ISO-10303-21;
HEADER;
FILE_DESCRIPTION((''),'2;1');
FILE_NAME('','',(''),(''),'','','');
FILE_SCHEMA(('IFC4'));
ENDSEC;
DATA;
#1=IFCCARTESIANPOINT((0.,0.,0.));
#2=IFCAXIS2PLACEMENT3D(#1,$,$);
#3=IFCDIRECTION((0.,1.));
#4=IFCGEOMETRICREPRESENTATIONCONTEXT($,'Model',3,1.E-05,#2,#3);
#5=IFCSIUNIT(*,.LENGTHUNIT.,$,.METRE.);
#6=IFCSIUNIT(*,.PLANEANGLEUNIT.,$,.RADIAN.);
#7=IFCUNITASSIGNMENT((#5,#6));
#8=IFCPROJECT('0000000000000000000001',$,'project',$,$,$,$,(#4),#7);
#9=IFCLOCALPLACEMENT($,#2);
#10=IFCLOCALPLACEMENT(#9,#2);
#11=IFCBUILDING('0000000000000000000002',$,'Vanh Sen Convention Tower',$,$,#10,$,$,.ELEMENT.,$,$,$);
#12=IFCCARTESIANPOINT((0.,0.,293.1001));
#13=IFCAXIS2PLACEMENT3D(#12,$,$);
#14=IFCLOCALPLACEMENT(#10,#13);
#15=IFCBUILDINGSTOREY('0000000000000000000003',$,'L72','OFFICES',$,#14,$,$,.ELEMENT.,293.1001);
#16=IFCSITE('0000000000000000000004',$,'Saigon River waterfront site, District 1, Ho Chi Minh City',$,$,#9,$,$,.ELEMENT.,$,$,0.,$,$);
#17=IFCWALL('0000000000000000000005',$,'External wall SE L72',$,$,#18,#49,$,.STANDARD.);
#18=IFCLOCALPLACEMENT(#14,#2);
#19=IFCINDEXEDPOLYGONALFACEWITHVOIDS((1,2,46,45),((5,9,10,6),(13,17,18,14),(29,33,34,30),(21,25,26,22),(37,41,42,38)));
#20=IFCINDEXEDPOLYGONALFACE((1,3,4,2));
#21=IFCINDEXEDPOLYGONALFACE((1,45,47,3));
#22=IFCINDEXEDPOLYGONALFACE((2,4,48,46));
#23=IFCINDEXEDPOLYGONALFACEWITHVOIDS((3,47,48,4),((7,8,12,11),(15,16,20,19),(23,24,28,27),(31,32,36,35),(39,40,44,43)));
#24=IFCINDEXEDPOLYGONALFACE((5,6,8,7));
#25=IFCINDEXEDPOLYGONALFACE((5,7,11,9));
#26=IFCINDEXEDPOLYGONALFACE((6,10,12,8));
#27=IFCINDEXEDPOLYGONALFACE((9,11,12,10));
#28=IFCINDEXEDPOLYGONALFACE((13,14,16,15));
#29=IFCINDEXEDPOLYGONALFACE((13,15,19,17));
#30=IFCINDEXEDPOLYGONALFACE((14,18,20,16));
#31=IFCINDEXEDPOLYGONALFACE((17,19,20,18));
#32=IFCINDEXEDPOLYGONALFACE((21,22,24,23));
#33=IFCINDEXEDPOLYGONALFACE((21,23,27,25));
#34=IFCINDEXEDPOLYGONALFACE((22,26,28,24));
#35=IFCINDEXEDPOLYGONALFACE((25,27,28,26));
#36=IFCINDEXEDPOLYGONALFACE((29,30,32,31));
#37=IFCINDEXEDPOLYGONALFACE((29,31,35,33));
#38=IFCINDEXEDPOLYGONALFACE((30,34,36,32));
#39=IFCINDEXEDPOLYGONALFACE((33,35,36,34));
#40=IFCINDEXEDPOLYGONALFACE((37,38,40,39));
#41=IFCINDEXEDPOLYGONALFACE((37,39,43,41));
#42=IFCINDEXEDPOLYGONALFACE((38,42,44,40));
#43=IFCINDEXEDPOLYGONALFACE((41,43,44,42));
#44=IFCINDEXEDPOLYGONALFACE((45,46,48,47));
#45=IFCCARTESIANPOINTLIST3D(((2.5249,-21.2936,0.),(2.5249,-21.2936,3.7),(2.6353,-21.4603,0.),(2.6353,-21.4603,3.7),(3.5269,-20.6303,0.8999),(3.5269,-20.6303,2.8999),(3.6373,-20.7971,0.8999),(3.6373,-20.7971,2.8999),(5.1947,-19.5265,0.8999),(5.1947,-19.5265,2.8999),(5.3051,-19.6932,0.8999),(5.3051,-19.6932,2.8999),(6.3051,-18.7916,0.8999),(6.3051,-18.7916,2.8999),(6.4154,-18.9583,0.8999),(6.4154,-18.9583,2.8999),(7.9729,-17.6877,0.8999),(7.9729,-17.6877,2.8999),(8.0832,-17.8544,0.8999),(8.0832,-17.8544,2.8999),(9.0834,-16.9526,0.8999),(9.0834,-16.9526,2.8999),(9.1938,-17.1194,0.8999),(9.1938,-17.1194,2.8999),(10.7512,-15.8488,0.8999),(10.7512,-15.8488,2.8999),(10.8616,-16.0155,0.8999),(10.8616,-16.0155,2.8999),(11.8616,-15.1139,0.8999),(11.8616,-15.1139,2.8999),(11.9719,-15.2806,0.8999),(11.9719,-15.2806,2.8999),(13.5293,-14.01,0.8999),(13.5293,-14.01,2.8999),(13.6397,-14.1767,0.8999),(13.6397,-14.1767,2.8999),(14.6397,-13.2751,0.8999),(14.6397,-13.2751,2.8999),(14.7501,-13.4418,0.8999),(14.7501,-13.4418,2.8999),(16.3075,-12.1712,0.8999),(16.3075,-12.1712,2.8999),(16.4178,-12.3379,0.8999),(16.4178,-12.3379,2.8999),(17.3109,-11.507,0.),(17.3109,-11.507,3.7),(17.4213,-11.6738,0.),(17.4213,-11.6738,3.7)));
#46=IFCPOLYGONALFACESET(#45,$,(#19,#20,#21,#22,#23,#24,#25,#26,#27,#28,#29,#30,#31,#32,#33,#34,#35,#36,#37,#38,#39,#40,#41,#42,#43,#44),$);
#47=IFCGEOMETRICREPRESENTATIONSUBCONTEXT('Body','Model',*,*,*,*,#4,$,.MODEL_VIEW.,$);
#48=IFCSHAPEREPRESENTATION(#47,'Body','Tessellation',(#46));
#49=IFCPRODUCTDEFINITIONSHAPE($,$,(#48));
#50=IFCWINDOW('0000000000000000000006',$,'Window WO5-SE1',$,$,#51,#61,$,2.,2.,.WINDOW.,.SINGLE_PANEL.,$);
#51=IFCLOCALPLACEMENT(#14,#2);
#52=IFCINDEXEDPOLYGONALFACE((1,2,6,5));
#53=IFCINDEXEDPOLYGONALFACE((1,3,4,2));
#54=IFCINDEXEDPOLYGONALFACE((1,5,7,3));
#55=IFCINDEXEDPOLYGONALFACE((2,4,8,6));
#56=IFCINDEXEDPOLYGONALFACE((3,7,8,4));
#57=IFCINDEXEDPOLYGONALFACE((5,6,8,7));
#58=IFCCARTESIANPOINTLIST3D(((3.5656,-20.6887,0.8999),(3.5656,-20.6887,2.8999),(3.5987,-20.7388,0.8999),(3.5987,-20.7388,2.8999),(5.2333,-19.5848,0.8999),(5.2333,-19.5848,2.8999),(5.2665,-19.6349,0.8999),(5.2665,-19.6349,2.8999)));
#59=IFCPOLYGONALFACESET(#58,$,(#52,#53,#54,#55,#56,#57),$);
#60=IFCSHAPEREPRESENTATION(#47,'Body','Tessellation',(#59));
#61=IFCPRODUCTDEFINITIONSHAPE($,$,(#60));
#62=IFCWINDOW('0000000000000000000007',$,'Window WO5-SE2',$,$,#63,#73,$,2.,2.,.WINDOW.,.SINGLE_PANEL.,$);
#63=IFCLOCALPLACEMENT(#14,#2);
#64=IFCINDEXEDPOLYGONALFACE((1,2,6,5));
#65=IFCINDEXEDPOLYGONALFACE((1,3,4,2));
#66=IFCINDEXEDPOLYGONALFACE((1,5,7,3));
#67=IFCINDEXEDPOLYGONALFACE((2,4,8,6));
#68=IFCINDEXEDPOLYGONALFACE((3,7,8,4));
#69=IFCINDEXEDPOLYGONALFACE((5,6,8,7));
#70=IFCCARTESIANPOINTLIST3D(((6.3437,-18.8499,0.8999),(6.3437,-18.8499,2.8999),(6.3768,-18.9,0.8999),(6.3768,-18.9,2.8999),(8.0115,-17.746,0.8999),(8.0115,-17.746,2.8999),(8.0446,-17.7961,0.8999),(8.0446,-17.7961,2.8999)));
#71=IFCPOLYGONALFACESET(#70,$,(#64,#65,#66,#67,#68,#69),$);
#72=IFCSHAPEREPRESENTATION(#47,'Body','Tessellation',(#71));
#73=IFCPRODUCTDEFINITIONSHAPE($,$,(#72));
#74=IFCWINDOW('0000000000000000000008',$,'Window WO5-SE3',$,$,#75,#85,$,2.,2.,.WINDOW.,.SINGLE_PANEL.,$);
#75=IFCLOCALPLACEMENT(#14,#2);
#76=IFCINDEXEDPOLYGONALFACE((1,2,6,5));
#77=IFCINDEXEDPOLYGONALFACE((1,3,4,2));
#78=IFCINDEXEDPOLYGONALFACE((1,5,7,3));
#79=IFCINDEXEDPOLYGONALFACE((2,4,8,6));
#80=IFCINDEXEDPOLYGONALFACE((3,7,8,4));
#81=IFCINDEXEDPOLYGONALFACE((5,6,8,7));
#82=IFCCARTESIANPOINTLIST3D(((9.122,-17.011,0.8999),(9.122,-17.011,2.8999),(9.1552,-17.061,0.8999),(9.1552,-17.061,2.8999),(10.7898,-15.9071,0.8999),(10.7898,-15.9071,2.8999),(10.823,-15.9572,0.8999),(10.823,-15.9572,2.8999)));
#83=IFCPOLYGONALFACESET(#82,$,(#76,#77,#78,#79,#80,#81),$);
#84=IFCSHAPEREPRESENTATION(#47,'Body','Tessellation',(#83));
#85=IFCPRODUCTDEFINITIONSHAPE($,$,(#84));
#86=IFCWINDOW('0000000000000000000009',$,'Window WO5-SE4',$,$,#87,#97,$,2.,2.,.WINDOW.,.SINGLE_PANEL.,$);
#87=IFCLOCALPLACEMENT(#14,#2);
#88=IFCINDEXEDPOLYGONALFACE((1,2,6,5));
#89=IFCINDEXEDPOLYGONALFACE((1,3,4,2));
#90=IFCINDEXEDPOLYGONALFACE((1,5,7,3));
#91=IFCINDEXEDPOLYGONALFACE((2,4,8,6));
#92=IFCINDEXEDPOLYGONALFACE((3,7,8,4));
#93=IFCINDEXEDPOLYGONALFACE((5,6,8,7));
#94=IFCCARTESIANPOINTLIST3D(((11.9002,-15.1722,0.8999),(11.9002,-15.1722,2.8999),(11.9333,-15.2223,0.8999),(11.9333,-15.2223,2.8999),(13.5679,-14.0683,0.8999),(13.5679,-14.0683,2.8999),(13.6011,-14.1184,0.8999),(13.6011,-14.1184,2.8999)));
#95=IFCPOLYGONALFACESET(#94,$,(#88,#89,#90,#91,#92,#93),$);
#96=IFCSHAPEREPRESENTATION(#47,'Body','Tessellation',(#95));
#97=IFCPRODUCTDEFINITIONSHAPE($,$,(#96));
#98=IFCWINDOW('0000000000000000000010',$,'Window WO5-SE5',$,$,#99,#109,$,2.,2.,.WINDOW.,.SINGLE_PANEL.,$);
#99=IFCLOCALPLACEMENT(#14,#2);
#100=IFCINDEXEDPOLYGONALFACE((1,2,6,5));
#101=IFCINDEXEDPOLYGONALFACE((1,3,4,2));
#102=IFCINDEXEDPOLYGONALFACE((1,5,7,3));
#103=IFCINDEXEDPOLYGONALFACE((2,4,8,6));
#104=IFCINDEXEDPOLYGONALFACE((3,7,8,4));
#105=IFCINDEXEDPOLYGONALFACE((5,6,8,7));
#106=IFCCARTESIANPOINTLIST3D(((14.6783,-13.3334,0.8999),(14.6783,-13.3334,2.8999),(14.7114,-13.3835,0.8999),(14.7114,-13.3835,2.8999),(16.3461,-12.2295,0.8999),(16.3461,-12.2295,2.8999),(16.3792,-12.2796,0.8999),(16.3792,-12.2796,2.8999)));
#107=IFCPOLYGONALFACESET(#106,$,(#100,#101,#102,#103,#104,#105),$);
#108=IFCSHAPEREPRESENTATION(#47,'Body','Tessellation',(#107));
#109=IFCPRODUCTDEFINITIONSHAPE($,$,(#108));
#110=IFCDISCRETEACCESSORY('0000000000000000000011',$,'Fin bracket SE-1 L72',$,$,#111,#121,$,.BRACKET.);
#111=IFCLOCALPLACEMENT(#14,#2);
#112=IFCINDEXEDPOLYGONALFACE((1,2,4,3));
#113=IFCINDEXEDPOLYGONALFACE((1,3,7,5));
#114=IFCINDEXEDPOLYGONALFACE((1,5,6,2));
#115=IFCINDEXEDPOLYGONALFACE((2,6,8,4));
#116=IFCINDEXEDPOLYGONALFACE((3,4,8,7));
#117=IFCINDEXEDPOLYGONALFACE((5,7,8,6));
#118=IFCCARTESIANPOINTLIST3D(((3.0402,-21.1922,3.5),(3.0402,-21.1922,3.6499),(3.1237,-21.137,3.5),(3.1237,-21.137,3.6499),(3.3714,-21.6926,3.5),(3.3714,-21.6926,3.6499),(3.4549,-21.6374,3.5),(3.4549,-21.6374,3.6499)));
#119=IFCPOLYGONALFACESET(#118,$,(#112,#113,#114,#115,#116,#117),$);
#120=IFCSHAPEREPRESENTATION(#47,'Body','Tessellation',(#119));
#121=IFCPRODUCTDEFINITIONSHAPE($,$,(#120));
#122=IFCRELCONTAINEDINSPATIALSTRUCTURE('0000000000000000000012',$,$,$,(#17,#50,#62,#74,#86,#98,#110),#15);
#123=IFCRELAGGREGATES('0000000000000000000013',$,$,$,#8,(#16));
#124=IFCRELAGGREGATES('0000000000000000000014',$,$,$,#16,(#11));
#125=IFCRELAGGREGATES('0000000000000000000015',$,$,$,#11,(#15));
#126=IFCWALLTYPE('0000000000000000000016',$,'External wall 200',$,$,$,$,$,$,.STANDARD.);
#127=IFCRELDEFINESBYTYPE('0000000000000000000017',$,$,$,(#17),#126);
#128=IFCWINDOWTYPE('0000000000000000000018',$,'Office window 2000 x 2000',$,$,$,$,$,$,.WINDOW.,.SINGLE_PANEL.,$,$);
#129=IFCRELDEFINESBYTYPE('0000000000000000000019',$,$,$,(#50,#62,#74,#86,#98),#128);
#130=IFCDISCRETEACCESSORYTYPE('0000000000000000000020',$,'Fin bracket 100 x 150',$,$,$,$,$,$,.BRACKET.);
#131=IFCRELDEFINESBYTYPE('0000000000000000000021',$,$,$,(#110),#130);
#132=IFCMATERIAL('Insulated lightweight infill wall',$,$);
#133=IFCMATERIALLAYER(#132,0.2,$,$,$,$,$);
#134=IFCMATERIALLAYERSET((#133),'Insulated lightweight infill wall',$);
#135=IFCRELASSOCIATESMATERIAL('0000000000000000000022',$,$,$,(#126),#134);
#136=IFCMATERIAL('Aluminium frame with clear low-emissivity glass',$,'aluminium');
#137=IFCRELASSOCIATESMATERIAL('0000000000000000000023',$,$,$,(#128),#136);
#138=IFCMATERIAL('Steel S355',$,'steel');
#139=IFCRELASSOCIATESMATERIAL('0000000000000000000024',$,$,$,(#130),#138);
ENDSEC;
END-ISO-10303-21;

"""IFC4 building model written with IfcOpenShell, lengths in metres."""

from ifc_helpers import new_model, si_unit, direction, frame, frame_2d, origin, origin_2d, place, context, subcontext, project, spatial, rectangle, extrude, material, layer, layer_set, type_object, element, fill, save


model = new_model("IFC4")

# Units and contexts
model_context = context("Model", 3, precision=1e-05, world=origin(), true_north=direction((0.0, 1.0)))
body_context = subcontext(model_context, "Body", "Model", "MODEL_VIEW")
ifc_project = project(units=[si_unit("LENGTHUNIT", "METRE"), si_unit("PLANEANGLEUNIT", "RADIAN")], contexts=[model_context])

# Site, building, storey
site_placement = place(None, origin())
site = spatial("IfcSite", under=ifc_project, at=site_placement, Name="Saigon River waterfront site, District 1, Ho Chi Minh City", CompositionType="ELEMENT", RefElevation=0.0)
building_placement = place(site_placement, origin())
building = spatial("IfcBuilding", under=site, at=building_placement, Name="Vanh Sen Convention Tower", CompositionType="ELEMENT")
storey_placement = place(building_placement, frame((0.0, 0.0, 293.1001)))
storey = spatial("IfcBuildingStorey", under=building, at=storey_placement, Name="L72", Description="OFFICES", CompositionType="ELEMENT", Elevation=293.1001)

# Wall, openings, windows
ifc_material_1 = material(Name="Insulated lightweight infill wall")
ifc_layer_1 = layer(ifc_material_1, 0.2)
ifc_layer_set_1 = layer_set([ifc_layer_1], Name="Insulated lightweight infill wall")
wall_type_1 = type_object("IfcWallType", Name="External wall 200", PredefinedType="STANDARD", material=ifc_layer_set_1)
wall_1_placement = place(storey_placement, frame((2.5801, -21.377, 0.0), z_axis=(0.0, 0.0, 1.0), x_axis=(0.833889, 0.551933, 0.0)))
wall_1 = element("IfcWall", 1, at=wall_1_placement, inside=storey, type_object=wall_type_1, Name="External wall SE L72", PredefinedType="STANDARD", context=body_context, shape_type="SweptSolid", body=[
    extrude(rectangle(XDim=17.7314, YDim=0.2, at=frame_2d((8.8657, 0.0))), origin(), (0.0, 0.0, 1.0), 3.7),
])
opening_1_placement = place(wall_1_placement, frame((1.2017, 0.0, 0.8999)))
opening_1 = element("IfcOpeningElement", 2, at=opening_1_placement, cuts=wall_1, PredefinedType="OPENING", context=body_context, shape_type="SweptSolid", body=[
    extrude(rectangle(XDim=2.0, YDim=2.0, at=frame_2d((1.0, 1.0))), frame((0.0, 0.1099, 0.0), z_axis=(0.0, -1.0, 0.0), x_axis=(1.0, 0.0, 0.0)), (0.0, 0.0, 1.0), 0.22),
])
opening_2_placement = place(wall_1_placement, frame((4.5332, 0.0, 0.8999)))
opening_2 = element("IfcOpeningElement", 3, at=opening_2_placement, cuts=wall_1, PredefinedType="OPENING", context=body_context, shape_type="SweptSolid", body=[
    extrude(rectangle(XDim=2.0, YDim=2.0, at=frame_2d((1.0, 1.0))), frame((0.0, 0.1099, 0.0), z_axis=(0.0, -1.0, 0.0), x_axis=(1.0, 0.0, 0.0)), (0.0, 0.0, 1.0), 0.22),
])
opening_3_placement = place(wall_1_placement, frame((7.865, 0.0, 0.8999)))
opening_3 = element("IfcOpeningElement", 4, at=opening_3_placement, cuts=wall_1, PredefinedType="OPENING", context=body_context, shape_type="SweptSolid", body=[
    extrude(rectangle(XDim=2.0, YDim=2.0, at=frame_2d((1.0, 1.0))), frame((0.0, 0.1099, 0.0), z_axis=(0.0, -1.0, 0.0), x_axis=(1.0, 0.0, 0.0)), (0.0, 0.0, 1.0), 0.22),
])
opening_4_placement = place(wall_1_placement, frame((11.1965, 0.0, 0.8999)))
opening_4 = element("IfcOpeningElement", 5, at=opening_4_placement, cuts=wall_1, PredefinedType="OPENING", context=body_context, shape_type="SweptSolid", body=[
    extrude(rectangle(XDim=2.0, YDim=2.0, at=frame_2d((1.0, 1.0))), frame((0.0, 0.1099, 0.0), z_axis=(0.0, -1.0, 0.0), x_axis=(1.0, 0.0, 0.0)), (0.0, 0.0, 1.0), 0.22),
])
opening_5_placement = place(wall_1_placement, frame((14.5281, 0.0, 0.8999)))
opening_5 = element("IfcOpeningElement", 6, at=opening_5_placement, cuts=wall_1, PredefinedType="OPENING", context=body_context, shape_type="SweptSolid", body=[
    extrude(rectangle(XDim=2.0, YDim=2.0, at=frame_2d((1.0, 1.0))), frame((0.0, 0.1099, 0.0), z_axis=(0.0, -1.0, 0.0), x_axis=(1.0, 0.0, 0.0)), (0.0, 0.0, 1.0), 0.22),
])
ifc_material_2 = material(Name="Aluminium frame with clear low-emissivity glass", Category="aluminium")
window_type = type_object("IfcWindowType", Name="Office window 2000 x 2000", PartitioningType="SINGLE_PANEL", PredefinedType="WINDOW", material=ifc_material_2)
window_1_placement = place(opening_1_placement, origin())
window_1 = element("IfcWindow", 7, at=window_1_placement, inside=storey, type_object=window_type, Name="Window WO5-SE1", OverallHeight=2.0, OverallWidth=2.0, PartitioningType="SINGLE_PANEL", PredefinedType="WINDOW", context=body_context, shape_type="SweptSolid", body=[
    extrude(rectangle(XDim=2.0, YDim=2.0, at=frame_2d((1.0, 1.0))), frame((0.0, 0.03, 0.0), z_axis=(0.0, -1.0, 0.0), x_axis=(1.0, 0.0, 0.0)), (0.0, 0.0, 1.0), 0.0601),
])
fill(opening_1, window_1)
window_2_placement = place(opening_2_placement, origin())
window_2 = element("IfcWindow", 8, at=window_2_placement, inside=storey, type_object=window_type, Name="Window WO5-SE2", OverallHeight=2.0, OverallWidth=2.0, PartitioningType="SINGLE_PANEL", PredefinedType="WINDOW", context=body_context, shape_type="SweptSolid", body=[
    extrude(rectangle(XDim=2.0, YDim=2.0, at=frame_2d((1.0, 1.0))), frame((0.0, 0.03, 0.0), z_axis=(0.0, -1.0, 0.0), x_axis=(1.0, 0.0, 0.0)), (0.0, 0.0, 1.0), 0.0601),
])
fill(opening_2, window_2)
window_3_placement = place(opening_3_placement, origin())
window_3 = element("IfcWindow", 9, at=window_3_placement, inside=storey, type_object=window_type, Name="Window WO5-SE3", OverallHeight=2.0, OverallWidth=2.0, PartitioningType="SINGLE_PANEL", PredefinedType="WINDOW", context=body_context, shape_type="SweptSolid", body=[
    extrude(rectangle(XDim=2.0, YDim=2.0, at=frame_2d((1.0, 1.0))), frame((0.0, 0.03, 0.0), z_axis=(0.0, -1.0, 0.0), x_axis=(1.0, 0.0, 0.0)), (0.0, 0.0, 1.0), 0.0601),
])
fill(opening_3, window_3)
window_4_placement = place(opening_4_placement, origin())
window_4 = element("IfcWindow", 10, at=window_4_placement, inside=storey, type_object=window_type, Name="Window WO5-SE4", OverallHeight=2.0, OverallWidth=2.0, PartitioningType="SINGLE_PANEL", PredefinedType="WINDOW", context=body_context, shape_type="SweptSolid", body=[
    extrude(rectangle(XDim=2.0, YDim=2.0, at=frame_2d((1.0, 1.0))), frame((0.0, 0.03, 0.0), z_axis=(0.0, -1.0, 0.0), x_axis=(1.0, 0.0, 0.0)), (0.0, 0.0, 1.0), 0.0601),
])
fill(opening_4, window_4)
window_5_placement = place(opening_5_placement, origin())
window_5 = element("IfcWindow", 11, at=window_5_placement, inside=storey, type_object=window_type, Name="Window WO5-SE5", OverallHeight=2.0, OverallWidth=2.0, PartitioningType="SINGLE_PANEL", PredefinedType="WINDOW", context=body_context, shape_type="SweptSolid", body=[
    extrude(rectangle(XDim=2.0, YDim=2.0, at=frame_2d((1.0, 1.0))), frame((0.0, 0.03, 0.0), z_axis=(0.0, -1.0, 0.0), x_axis=(1.0, 0.0, 0.0)), (0.0, 0.0, 1.0), 0.0601),
])
fill(opening_5, window_5)

# Discrete accessory
ifc_material_3 = material(Name="Steel S355", Category="steel")
discrete_accessory_type = type_object("IfcDiscreteAccessoryType", Name="Fin bracket 100 x 150", PredefinedType="BRACKET", material=ifc_material_3)
discrete_accessory_placement = place(storey_placement, frame((3.2476, -21.4148, 3.5), z_axis=(0.0, 0.0, 1.0), x_axis=(0.551937, -0.833886, 0.0)))
element("IfcDiscreteAccessory", 12, at=discrete_accessory_placement, inside=storey, type_object=discrete_accessory_type, Name="Fin bracket SE-1 L72", PredefinedType="BRACKET", context=body_context, shape_type="SweptSolid", body=[
    extrude(rectangle(XDim=0.6001, YDim=0.1001, at=origin_2d()), origin(), (0.0, 0.0, 1.0), 0.1499),
])

save(model, "model.ifc")
